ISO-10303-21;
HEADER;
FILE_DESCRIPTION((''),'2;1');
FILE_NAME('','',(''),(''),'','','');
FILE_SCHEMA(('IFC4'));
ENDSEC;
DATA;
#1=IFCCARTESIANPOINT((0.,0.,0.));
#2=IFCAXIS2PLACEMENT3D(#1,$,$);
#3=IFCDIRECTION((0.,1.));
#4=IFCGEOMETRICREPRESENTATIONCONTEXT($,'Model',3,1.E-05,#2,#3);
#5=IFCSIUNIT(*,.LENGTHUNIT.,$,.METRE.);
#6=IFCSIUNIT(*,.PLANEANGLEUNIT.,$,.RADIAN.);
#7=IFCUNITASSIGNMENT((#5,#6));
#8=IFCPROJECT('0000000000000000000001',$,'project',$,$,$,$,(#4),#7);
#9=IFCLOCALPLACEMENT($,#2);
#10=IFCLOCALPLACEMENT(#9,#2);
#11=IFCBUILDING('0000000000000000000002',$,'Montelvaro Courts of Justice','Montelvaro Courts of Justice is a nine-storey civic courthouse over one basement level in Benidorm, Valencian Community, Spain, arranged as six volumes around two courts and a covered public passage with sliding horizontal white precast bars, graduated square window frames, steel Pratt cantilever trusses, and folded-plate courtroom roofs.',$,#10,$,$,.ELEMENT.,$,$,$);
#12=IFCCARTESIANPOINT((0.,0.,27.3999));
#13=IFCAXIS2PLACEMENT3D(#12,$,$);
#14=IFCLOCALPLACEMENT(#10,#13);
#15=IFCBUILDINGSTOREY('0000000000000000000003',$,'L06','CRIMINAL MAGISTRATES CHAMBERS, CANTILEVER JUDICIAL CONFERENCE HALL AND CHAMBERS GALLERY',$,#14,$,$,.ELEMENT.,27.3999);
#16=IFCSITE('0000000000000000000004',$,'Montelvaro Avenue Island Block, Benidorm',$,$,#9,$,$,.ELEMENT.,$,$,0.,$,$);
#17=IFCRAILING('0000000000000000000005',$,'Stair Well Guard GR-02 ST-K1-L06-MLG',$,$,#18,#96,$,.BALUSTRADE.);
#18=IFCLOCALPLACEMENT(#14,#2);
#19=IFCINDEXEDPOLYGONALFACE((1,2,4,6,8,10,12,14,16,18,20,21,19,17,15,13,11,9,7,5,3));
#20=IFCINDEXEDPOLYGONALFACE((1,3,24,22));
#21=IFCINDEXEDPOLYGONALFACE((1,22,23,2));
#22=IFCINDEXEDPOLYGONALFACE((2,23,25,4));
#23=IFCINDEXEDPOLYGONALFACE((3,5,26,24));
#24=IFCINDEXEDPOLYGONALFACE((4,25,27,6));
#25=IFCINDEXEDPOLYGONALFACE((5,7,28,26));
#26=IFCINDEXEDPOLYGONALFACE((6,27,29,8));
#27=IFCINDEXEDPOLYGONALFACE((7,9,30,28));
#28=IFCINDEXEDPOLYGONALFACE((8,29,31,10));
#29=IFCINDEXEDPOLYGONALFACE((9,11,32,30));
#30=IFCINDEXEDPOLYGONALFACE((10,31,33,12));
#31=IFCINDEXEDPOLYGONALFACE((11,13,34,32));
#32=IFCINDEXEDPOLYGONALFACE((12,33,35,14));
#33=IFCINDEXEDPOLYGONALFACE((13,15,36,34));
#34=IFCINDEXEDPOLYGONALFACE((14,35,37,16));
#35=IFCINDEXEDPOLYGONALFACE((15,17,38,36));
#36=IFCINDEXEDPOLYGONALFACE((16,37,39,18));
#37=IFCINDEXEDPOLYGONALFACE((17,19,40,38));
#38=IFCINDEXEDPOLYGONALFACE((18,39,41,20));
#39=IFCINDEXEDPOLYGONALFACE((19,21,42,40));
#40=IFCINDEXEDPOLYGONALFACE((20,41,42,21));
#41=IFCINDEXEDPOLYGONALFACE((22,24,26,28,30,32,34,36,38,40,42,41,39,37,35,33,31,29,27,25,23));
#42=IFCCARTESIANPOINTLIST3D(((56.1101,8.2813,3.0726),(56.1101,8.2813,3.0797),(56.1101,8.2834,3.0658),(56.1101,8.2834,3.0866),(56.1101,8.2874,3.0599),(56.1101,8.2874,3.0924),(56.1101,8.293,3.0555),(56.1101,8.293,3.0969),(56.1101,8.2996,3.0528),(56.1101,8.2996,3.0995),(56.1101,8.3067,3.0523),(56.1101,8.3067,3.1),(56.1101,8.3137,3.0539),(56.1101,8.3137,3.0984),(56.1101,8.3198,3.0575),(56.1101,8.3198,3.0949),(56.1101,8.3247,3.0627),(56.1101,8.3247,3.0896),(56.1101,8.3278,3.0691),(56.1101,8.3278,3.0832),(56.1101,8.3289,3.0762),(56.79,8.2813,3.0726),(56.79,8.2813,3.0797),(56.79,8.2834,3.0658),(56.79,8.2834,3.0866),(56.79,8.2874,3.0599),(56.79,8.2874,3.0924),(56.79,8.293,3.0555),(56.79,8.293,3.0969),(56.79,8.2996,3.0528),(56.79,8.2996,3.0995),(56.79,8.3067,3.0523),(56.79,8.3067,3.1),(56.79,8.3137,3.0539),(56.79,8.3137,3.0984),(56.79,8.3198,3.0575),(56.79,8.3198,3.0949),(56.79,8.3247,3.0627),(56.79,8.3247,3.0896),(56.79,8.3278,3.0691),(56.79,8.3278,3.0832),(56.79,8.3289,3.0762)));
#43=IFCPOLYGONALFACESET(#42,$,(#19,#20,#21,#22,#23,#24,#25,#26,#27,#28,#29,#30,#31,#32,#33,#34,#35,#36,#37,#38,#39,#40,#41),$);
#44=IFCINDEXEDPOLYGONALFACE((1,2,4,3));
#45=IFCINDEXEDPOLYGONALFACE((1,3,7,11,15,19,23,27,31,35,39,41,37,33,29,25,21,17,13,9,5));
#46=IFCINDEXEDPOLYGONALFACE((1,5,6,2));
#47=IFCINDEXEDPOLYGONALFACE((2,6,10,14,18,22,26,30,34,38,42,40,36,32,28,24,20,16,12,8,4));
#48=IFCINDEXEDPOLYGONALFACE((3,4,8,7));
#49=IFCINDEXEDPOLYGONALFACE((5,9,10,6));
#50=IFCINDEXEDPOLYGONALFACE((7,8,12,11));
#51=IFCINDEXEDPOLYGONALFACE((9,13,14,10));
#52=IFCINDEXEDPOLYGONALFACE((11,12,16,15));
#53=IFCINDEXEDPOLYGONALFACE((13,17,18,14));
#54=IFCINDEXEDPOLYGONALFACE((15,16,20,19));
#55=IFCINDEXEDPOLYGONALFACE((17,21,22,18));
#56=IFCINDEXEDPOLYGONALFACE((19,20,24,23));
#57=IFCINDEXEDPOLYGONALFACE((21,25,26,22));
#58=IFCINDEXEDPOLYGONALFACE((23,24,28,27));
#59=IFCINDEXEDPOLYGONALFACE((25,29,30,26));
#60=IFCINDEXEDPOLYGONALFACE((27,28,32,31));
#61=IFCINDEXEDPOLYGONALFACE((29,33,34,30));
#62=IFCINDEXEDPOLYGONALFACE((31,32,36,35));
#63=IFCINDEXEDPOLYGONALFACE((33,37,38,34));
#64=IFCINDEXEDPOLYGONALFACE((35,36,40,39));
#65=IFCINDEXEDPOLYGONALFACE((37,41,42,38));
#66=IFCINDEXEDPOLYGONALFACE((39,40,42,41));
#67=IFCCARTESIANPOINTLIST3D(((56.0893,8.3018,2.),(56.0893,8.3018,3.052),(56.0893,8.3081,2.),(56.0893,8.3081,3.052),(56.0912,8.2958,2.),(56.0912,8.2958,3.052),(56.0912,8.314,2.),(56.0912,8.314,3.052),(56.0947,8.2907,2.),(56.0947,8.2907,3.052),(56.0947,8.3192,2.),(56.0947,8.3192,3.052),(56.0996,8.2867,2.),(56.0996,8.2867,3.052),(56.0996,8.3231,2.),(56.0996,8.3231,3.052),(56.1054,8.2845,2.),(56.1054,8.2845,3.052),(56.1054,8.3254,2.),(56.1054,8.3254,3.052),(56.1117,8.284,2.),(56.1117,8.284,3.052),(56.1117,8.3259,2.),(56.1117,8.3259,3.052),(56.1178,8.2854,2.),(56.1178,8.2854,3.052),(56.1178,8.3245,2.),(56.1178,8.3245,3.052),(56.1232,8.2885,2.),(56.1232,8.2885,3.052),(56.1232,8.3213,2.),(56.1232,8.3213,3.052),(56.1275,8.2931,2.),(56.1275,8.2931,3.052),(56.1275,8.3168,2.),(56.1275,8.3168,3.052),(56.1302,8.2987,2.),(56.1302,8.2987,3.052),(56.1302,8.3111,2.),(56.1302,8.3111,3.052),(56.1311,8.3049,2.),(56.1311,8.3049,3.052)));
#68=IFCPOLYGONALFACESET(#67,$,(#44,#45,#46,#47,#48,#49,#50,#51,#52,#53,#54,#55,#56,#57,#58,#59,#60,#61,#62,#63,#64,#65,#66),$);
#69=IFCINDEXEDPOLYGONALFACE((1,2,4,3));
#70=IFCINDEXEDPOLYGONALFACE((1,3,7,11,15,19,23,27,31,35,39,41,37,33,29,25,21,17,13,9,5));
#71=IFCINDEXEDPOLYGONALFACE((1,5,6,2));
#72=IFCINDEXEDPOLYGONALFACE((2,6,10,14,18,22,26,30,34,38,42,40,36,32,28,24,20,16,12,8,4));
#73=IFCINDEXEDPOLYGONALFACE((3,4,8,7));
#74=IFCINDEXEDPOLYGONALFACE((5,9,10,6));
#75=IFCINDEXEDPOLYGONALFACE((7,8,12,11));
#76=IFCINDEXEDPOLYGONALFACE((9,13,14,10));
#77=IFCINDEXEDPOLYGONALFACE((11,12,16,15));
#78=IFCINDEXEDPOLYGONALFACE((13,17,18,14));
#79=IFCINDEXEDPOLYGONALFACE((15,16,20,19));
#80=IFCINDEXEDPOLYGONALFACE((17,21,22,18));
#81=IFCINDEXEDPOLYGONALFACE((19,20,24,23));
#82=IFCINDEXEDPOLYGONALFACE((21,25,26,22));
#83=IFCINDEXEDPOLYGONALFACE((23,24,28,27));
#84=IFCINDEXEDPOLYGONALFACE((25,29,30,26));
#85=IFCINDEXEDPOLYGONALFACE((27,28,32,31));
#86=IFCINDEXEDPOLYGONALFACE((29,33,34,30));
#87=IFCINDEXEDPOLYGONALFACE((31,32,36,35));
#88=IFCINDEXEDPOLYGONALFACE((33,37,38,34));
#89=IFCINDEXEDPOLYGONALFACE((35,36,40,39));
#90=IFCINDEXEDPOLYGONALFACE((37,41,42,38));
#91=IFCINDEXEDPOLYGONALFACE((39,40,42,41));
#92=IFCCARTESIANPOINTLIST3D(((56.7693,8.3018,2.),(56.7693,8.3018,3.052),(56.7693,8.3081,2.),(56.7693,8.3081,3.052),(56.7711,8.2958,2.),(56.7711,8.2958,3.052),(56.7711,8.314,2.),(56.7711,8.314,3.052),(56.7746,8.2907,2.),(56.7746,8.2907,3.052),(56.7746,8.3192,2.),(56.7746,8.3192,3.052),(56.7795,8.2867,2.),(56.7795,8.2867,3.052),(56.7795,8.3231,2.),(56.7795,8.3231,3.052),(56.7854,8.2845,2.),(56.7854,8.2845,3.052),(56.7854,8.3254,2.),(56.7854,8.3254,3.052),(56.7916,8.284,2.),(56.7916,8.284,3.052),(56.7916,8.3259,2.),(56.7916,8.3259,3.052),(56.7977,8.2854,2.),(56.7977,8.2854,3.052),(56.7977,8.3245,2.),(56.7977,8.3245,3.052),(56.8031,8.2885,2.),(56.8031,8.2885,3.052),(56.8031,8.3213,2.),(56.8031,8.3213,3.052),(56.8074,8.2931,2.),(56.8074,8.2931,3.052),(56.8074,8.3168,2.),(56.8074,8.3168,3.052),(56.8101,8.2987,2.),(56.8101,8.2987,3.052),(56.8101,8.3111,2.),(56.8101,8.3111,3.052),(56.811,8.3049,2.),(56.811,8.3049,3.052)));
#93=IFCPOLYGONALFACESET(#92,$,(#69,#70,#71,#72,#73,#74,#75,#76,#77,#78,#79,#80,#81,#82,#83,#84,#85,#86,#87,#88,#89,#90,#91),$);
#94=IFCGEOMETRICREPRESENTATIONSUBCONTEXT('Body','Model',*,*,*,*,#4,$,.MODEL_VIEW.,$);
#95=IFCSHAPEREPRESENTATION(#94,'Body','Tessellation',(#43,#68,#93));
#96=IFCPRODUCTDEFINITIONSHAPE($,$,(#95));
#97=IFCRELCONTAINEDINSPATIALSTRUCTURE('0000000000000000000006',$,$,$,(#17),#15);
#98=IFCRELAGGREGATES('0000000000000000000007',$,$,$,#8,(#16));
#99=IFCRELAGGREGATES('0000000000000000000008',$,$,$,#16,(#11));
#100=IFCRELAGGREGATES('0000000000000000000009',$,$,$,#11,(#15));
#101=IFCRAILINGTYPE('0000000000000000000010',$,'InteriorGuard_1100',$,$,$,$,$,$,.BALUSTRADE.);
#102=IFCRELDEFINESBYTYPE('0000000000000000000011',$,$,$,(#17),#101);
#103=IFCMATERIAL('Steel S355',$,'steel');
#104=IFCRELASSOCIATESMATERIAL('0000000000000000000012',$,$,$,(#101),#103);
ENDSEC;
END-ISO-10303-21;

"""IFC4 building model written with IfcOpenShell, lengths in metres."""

from ifc_helpers import new_model, si_unit, direction, frame, origin, origin_2d, place, context, subcontext, project, spatial, circle, extrude, material, type_object, element, save


model = new_model("IFC4")

# Units and contexts
model_context = context("Model", 3, precision=1e-05, world=origin(), true_north=direction((0.0, 1.0)))
body_context = subcontext(model_context, "Body", "Model", "MODEL_VIEW")
ifc_project = project(units=[si_unit("LENGTHUNIT", "METRE"), si_unit("PLANEANGLEUNIT", "RADIAN")], contexts=[model_context])

# Site, building, storey
site_placement = place(None, origin())
site = spatial("IfcSite", under=ifc_project, at=site_placement, Name="Montelvaro Avenue Island Block, Benidorm", CompositionType="ELEMENT", RefElevation=0.0)
building_placement = place(site_placement, origin())
building = spatial("IfcBuilding", under=site, at=building_placement, Name="Montelvaro Courts of Justice", Description="Montelvaro Courts of Justice is a nine-storey civic courthouse over one basement level in Benidorm, Valencian Community, Spain, arranged as six volumes around two courts and a covered public passage with sliding horizontal white precast bars, graduated square window frames, steel Pratt cantilever trusses, and folded-plate courtroom roofs.", CompositionType="ELEMENT")
storey_placement = place(building_placement, frame((0.0, 0.0, 27.3999)))
storey = spatial("IfcBuildingStorey", under=building, at=storey_placement, Name="L06", Description="CRIMINAL MAGISTRATES CHAMBERS, CANTILEVER JUDICIAL CONFERENCE HALL AND CHAMBERS GALLERY", CompositionType="ELEMENT", Elevation=27.3999)

# Shared definitions
ifc_material_1 = material(Name="Steel S355", Category="steel")

# Railing
railing_type_1 = type_object("IfcRailingType", Name="InteriorGuard_1100", PredefinedType="BALUSTRADE", material=ifc_material_1)
railing_1_placement = place(storey_placement, frame((56.1101, 8.3049, 2.0)))
element("IfcRailing", 1, at=railing_1_placement, inside=storey, type_object=railing_type_1, Name="Stair Well Guard GR-02 ST-K1-L06-MLG", PredefinedType="BALUSTRADE", context=body_context, shape_type="SweptSolid", body=[
    extrude(circle(Radius=0.0239, at=origin_2d()), frame((0.0, 0.0, 1.0762), z_axis=(1.0, 0.0, 0.0), x_axis=(0.0, 1.0, 0.0)), (0.0, 0.0, 1.0), 0.6799),
    extrude(circle(Radius=0.021, at=origin_2d()), origin(), (0.0, 0.0, 1.0), 1.052),
    extrude(circle(Radius=0.021, at=origin_2d()), frame((0.6799, 0.0, 0.0)), (0.0, 0.0, 1.0), 1.052),
])

save(model, "model.ifc")
